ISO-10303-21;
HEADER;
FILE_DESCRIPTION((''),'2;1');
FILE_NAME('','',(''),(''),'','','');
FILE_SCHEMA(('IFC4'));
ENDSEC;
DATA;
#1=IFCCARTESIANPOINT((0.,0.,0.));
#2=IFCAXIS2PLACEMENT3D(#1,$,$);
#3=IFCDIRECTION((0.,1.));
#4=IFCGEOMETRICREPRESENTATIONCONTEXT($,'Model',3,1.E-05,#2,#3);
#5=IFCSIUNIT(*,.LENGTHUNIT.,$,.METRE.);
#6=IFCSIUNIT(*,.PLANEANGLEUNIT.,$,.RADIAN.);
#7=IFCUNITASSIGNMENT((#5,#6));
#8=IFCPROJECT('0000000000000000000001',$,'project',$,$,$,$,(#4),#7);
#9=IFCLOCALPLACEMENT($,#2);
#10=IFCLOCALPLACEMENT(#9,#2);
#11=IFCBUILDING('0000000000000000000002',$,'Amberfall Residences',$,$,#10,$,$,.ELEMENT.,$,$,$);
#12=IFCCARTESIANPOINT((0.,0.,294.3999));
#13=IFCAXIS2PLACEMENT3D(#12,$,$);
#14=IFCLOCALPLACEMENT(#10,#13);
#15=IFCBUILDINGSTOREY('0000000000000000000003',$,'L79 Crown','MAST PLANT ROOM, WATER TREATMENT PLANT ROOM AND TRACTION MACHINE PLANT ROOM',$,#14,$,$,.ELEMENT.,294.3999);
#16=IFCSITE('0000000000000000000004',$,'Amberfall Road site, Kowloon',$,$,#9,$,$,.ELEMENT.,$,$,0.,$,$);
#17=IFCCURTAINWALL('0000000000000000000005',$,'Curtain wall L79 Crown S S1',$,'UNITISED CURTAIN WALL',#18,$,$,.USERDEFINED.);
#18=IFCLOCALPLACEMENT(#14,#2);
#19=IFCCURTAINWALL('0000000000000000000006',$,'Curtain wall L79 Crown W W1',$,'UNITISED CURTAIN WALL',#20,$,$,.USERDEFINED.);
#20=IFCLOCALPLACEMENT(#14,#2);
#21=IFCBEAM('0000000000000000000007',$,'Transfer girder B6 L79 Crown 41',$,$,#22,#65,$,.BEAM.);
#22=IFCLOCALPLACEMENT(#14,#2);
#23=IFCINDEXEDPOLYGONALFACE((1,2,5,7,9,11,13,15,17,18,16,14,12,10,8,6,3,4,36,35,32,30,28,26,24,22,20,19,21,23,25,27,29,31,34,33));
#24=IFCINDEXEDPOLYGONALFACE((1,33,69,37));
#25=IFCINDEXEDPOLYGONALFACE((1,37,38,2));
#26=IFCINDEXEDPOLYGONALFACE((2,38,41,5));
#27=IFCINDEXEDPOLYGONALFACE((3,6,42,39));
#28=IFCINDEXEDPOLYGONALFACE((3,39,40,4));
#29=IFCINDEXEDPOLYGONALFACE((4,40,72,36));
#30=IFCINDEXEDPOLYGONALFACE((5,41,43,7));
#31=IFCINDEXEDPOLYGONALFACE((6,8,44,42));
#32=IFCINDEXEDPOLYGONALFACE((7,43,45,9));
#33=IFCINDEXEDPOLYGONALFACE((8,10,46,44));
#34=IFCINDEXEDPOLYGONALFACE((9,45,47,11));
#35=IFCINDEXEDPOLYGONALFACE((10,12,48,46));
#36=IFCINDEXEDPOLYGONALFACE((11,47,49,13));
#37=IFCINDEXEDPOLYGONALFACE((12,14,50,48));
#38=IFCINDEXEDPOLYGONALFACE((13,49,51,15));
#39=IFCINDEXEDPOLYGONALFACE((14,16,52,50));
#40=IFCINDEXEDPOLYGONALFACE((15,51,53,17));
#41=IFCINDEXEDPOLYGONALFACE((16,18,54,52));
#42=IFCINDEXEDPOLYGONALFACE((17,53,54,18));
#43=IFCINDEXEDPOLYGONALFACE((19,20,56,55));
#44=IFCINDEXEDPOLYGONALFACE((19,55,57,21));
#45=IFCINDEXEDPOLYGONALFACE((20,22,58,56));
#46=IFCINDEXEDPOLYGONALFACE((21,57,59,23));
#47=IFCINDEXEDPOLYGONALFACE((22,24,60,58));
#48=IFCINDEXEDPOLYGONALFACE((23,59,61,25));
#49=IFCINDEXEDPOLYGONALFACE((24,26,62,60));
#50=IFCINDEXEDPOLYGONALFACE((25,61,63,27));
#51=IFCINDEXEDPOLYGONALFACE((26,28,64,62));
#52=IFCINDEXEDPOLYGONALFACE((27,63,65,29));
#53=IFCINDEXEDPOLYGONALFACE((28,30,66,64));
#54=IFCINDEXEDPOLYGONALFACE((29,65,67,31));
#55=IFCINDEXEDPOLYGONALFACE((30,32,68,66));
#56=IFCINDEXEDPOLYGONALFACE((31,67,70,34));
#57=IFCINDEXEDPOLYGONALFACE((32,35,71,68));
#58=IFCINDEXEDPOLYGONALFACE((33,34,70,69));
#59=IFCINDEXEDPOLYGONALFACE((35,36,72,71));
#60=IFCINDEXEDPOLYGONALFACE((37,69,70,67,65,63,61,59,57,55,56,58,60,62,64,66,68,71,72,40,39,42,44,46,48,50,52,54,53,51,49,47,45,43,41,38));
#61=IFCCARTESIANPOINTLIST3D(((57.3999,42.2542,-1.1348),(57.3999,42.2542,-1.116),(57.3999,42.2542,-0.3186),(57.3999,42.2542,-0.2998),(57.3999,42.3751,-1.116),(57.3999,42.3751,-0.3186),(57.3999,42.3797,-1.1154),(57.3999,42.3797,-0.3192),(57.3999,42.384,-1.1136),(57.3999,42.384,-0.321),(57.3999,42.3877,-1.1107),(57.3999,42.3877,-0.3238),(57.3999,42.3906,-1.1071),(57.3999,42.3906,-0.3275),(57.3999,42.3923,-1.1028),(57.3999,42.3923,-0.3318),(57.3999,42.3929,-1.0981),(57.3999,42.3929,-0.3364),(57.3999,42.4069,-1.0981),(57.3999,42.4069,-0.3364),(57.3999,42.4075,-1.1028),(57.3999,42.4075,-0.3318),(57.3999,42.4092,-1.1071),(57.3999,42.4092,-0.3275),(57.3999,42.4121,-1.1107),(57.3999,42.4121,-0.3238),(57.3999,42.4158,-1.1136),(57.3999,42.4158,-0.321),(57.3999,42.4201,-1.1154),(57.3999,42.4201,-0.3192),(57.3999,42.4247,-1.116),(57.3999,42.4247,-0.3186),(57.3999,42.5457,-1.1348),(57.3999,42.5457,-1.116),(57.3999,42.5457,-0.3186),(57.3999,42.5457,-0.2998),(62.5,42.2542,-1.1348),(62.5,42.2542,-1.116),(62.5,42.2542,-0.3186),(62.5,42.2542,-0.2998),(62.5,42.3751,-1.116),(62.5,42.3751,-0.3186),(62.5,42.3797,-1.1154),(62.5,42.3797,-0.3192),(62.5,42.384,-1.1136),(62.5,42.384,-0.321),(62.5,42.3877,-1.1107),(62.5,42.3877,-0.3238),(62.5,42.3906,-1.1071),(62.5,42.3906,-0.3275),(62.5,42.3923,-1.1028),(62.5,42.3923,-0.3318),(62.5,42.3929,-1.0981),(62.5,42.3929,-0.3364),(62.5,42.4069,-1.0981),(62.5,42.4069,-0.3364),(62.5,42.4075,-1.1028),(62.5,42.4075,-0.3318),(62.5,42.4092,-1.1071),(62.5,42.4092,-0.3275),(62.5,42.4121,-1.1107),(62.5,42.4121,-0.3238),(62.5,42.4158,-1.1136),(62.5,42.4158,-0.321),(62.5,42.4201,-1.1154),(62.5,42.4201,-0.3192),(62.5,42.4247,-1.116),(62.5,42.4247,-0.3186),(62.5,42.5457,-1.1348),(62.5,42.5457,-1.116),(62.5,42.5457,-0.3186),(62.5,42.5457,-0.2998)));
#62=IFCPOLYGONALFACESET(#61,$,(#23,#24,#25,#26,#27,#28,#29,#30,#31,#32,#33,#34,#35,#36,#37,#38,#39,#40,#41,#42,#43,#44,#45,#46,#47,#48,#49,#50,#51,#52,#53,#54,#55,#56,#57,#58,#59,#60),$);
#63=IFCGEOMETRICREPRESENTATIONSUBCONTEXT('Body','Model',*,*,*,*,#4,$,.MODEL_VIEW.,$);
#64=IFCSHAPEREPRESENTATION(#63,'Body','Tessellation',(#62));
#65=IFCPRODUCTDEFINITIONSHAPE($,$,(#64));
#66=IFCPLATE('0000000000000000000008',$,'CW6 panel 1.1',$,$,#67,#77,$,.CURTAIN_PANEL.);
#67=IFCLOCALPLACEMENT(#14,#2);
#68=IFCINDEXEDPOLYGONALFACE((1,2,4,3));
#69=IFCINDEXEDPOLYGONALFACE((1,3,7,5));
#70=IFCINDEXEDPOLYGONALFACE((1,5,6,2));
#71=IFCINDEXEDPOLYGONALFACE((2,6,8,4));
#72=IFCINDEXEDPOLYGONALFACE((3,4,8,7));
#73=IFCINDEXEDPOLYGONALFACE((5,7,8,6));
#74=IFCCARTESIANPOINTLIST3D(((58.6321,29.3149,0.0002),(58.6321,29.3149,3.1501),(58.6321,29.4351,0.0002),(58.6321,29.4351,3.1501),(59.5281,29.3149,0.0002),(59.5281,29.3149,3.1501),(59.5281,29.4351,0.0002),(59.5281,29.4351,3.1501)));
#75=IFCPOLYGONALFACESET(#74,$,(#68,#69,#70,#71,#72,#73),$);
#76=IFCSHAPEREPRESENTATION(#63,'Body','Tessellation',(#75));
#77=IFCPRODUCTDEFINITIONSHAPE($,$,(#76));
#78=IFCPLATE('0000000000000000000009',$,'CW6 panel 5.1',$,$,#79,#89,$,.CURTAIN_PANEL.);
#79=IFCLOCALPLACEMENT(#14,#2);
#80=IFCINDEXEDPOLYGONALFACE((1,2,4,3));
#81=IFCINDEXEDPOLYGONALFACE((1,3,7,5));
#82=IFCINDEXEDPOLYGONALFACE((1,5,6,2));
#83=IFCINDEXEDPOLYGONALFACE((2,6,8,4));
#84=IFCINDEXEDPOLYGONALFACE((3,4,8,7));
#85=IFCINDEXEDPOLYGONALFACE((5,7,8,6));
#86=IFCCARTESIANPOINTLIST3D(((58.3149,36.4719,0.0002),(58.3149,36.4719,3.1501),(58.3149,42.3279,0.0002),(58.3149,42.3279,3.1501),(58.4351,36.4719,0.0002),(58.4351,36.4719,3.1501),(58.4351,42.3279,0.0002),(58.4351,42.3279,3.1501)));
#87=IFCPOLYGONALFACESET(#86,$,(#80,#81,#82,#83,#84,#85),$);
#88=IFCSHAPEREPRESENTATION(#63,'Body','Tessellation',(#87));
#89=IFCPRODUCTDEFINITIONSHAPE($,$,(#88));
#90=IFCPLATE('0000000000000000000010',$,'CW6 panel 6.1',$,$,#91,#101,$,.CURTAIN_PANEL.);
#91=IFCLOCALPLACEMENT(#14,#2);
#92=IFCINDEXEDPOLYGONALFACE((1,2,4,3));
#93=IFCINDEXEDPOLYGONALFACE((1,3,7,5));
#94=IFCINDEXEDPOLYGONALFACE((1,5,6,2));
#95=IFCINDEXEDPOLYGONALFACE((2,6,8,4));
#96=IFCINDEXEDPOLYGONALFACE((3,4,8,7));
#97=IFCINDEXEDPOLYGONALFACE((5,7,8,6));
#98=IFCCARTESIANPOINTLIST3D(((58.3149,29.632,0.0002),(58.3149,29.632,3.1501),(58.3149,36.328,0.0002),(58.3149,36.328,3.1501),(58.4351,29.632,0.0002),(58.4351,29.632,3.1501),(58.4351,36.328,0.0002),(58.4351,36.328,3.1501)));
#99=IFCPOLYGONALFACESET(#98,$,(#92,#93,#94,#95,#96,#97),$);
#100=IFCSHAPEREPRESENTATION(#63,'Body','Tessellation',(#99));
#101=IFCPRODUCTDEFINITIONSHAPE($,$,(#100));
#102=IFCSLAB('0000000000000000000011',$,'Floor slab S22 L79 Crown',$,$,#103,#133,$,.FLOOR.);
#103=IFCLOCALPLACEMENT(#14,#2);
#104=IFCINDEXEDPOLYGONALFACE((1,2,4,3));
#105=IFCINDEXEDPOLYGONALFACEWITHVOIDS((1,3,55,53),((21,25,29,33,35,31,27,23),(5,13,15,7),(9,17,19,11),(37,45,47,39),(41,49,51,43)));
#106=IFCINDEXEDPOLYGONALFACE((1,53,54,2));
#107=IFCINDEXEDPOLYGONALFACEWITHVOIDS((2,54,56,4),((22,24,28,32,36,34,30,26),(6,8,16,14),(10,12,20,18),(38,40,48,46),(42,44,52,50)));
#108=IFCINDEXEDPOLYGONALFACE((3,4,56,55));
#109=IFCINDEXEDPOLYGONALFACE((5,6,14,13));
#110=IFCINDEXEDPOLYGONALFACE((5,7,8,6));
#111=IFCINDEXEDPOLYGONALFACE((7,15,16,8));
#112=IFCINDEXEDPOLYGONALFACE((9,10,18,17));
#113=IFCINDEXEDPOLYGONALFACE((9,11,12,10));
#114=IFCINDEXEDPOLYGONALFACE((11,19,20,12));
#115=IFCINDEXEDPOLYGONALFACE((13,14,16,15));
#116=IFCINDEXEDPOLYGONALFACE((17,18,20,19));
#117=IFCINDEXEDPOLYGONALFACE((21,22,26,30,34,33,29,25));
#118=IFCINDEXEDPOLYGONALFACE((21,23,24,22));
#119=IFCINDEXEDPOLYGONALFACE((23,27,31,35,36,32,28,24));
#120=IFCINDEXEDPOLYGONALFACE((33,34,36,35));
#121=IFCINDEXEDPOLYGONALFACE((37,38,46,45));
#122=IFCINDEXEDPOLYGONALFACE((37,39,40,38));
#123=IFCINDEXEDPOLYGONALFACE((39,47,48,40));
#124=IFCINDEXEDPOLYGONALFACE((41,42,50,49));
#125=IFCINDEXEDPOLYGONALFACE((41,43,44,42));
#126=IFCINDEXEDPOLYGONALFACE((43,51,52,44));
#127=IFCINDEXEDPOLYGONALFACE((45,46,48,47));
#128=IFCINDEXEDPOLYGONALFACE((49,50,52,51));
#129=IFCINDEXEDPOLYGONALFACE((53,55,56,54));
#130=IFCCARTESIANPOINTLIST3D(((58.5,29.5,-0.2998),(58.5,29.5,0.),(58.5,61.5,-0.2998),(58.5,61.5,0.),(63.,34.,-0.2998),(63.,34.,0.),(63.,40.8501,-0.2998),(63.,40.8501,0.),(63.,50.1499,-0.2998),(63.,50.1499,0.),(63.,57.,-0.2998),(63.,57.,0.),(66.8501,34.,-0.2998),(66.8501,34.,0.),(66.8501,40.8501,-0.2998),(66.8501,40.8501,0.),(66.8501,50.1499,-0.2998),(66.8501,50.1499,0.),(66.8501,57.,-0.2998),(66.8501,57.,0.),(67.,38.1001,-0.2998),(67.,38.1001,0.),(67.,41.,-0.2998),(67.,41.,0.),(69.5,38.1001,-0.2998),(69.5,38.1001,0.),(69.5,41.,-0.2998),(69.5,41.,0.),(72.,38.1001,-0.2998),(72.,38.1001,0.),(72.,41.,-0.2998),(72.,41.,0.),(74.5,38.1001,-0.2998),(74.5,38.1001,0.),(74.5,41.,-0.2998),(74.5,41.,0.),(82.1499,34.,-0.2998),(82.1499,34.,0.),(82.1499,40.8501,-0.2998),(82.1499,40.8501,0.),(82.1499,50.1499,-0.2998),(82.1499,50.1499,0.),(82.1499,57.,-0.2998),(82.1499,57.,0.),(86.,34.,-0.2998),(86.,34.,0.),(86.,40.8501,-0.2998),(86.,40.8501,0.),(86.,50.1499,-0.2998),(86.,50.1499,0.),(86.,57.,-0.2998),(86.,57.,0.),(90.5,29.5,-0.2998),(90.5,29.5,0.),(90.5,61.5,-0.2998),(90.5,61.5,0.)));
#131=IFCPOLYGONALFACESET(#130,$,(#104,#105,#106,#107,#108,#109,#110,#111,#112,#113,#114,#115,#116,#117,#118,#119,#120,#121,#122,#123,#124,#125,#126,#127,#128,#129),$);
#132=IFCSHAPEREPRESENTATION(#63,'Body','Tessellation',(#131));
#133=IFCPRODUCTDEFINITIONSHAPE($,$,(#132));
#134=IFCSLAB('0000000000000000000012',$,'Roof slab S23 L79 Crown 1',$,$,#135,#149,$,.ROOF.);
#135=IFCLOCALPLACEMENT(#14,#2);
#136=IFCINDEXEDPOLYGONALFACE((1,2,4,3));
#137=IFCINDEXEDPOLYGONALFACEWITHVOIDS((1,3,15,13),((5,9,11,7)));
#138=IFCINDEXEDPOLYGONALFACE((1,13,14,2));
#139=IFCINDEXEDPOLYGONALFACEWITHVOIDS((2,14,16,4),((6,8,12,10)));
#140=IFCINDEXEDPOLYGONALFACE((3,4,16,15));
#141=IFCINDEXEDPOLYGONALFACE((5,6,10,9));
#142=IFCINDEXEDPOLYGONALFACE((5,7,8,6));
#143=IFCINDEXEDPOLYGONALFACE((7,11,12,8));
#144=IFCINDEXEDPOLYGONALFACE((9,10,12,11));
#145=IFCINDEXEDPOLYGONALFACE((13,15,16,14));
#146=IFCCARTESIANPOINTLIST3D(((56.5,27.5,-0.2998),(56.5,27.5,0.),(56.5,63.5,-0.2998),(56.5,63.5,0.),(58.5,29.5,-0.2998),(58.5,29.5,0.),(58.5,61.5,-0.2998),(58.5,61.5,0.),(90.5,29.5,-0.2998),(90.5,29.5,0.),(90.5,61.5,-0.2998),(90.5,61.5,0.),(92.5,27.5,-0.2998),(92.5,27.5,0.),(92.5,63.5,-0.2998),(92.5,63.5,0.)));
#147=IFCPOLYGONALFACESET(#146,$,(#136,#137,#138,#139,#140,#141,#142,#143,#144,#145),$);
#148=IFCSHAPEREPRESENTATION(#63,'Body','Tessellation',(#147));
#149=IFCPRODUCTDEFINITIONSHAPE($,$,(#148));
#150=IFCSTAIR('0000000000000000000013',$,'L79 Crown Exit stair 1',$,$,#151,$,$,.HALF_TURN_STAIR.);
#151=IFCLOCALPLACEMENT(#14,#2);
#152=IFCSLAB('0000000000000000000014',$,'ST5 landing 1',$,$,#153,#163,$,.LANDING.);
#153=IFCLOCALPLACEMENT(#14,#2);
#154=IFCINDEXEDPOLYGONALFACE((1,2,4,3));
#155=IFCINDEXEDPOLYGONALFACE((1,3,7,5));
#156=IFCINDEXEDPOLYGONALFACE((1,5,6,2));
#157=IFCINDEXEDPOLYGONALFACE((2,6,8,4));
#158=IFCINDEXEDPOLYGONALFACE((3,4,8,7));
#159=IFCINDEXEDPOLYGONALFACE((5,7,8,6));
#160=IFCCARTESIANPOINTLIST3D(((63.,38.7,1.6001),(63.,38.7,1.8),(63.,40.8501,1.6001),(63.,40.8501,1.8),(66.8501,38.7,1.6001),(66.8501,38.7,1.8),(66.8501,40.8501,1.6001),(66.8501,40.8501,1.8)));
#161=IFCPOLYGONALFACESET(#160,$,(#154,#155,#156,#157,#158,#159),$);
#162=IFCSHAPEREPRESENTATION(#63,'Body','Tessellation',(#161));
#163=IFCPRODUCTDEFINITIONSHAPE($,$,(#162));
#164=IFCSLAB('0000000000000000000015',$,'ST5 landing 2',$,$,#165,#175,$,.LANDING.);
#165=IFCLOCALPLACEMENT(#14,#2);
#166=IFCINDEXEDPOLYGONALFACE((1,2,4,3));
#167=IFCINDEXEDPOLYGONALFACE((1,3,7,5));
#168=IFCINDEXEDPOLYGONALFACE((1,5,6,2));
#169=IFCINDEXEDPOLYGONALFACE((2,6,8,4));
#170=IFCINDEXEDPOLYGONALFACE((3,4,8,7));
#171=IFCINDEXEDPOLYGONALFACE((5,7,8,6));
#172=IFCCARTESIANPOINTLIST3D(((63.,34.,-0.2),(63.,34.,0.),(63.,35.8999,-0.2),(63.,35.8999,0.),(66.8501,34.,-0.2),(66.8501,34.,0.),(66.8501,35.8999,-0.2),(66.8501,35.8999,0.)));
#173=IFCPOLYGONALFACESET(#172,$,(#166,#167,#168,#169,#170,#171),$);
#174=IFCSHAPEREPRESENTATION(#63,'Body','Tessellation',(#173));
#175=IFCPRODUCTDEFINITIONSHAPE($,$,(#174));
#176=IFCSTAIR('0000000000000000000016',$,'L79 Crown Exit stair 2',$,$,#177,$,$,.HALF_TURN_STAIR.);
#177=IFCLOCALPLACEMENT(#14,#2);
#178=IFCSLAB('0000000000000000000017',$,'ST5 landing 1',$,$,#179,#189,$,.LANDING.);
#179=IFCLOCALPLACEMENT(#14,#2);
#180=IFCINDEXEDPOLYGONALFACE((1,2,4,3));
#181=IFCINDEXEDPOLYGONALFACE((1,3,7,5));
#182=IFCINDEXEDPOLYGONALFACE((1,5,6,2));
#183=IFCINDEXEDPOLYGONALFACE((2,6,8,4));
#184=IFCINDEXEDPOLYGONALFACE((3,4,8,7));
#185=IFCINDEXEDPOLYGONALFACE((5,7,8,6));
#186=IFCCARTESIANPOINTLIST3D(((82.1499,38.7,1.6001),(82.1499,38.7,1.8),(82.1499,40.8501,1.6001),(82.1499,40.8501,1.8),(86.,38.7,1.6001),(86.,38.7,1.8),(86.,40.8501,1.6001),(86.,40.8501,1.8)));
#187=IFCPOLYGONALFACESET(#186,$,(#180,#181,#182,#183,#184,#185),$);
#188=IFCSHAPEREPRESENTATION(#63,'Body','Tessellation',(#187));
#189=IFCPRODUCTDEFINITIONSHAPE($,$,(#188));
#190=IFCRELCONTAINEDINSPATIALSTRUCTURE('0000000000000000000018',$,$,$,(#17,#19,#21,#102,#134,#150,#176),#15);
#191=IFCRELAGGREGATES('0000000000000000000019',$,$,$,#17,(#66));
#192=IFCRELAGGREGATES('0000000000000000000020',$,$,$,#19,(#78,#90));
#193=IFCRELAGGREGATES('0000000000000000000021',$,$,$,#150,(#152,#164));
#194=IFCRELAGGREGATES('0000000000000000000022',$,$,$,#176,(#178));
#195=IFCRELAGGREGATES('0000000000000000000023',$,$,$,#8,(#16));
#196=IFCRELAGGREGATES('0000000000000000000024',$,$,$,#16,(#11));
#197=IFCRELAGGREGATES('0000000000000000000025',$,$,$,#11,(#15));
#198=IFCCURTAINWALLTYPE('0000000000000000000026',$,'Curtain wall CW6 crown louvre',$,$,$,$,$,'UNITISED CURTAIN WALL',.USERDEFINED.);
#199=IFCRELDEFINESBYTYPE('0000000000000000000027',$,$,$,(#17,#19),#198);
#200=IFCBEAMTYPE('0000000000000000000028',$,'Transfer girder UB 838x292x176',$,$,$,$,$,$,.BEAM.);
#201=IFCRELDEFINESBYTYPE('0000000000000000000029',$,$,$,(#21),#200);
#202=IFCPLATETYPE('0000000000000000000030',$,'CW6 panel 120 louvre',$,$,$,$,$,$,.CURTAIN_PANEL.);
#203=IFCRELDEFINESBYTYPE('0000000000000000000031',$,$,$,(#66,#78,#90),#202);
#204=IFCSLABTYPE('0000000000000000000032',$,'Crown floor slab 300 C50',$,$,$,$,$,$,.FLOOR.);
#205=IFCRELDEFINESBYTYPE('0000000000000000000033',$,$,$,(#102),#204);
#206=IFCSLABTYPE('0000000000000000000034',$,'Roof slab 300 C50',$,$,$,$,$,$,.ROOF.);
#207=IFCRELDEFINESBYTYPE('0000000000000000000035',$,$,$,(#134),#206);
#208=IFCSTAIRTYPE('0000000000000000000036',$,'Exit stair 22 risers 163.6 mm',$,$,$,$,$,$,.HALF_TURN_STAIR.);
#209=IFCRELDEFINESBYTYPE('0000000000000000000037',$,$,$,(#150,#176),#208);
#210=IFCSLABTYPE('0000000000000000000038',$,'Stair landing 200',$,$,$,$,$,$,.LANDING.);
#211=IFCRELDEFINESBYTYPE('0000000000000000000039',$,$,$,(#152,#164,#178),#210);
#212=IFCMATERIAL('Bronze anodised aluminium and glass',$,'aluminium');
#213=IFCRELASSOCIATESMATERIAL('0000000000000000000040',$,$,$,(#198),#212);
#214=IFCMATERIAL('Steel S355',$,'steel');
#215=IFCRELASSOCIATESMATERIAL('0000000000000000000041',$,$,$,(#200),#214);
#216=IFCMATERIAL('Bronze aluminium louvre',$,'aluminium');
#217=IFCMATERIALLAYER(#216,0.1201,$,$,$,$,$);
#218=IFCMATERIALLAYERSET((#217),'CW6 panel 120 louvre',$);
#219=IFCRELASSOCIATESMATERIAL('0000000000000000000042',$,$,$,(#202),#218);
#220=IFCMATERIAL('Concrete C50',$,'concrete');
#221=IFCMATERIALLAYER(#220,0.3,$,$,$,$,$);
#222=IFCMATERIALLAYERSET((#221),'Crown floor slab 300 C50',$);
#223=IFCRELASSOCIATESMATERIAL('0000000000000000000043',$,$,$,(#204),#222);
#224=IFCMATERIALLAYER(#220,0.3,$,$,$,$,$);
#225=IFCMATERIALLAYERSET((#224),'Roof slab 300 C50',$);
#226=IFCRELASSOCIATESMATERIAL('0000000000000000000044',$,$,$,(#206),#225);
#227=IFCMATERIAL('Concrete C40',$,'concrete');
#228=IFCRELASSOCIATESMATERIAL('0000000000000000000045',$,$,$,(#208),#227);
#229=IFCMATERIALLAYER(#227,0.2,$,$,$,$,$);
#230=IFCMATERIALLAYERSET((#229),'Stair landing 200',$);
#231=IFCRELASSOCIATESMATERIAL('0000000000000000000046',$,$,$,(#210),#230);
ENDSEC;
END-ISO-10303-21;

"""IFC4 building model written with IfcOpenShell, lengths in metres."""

from ifc_helpers import new_model, si_unit, direction, frame, origin, origin_2d, place, context, subcontext, project, spatial, polyline, rectangle, i_section, outline, extrude, material, layer, layer_set, material_profile, profile_set, type_object, element, aggregate, save


model = new_model("IFC4")

# Units and contexts
model_context = context("Model", 3, precision=1e-05, world=origin(), true_north=direction((0.0, 1.0)))
body_context = subcontext(model_context, "Body", "Model", "MODEL_VIEW")
ifc_project = project(units=[si_unit("LENGTHUNIT", "METRE"), si_unit("PLANEANGLEUNIT", "RADIAN")], contexts=[model_context])

# Site, building, storey
site_placement = place(None, origin())
site = spatial("IfcSite", under=ifc_project, at=site_placement, Name="Amberfall Road site, Kowloon", CompositionType="ELEMENT", RefElevation=0.0)
building_placement = place(site_placement, origin())
building = spatial("IfcBuilding", under=site, at=building_placement, Name="Amberfall Residences", CompositionType="ELEMENT")
storey_placement = place(building_placement, frame((0.0, 0.0, 294.3999)))
storey = spatial("IfcBuildingStorey", under=building, at=storey_placement, Name="L79 Crown", Description="MAST PLANT ROOM, WATER TREATMENT PLANT ROOM AND TRACTION MACHINE PLANT ROOM", CompositionType="ELEMENT", Elevation=294.3999)

# Shared definitions
ifc_material_1 = material(Name="Concrete C50", Category="concrete")

# Curtain walls
ifc_material_2 = material(Name="Bronze anodised aluminium and glass", Category="aluminium")
curtain_wall_type = type_object("IfcCurtainWallType", Name="Curtain wall CW6 crown louvre", ElementType="UNITISED CURTAIN WALL", PredefinedType="USERDEFINED", material=ifc_material_2)
curtain_wall_1_placement = place(storey_placement, origin())
curtain_wall_1 = element("IfcCurtainWall", 1, at=curtain_wall_1_placement, inside=storey, type_object=curtain_wall_type, Name="Curtain wall L79 Crown S S1", ObjectType="UNITISED CURTAIN WALL", PredefinedType="USERDEFINED")
curtain_wall_2_placement = place(storey_placement, origin())
curtain_wall_2 = element("IfcCurtainWall", 2, at=curtain_wall_2_placement, inside=storey, type_object=curtain_wall_type, Name="Curtain wall L79 Crown W W1", ObjectType="UNITISED CURTAIN WALL", PredefinedType="USERDEFINED")

# Beam
ifc_material_3 = material(Name="Steel S355", Category="steel")
ifc_material_profile_1 = material_profile(ifc_material_3, i_section(OverallWidth=0.2915, OverallDepth=0.835, WebThickness=0.0139, FlangeThickness=0.0188, FilletRadius=0.0178, at=origin_2d()), Name="UB 838x292x176")
ifc_profile_set_1 = profile_set([ifc_material_profile_1], Name="Steel S355")
beam_type_1 = type_object("IfcBeamType", Name="Transfer girder UB 838x292x176", PredefinedType="BEAM", material=ifc_profile_set_1)
for number, where, z_axis, x_axis, name in (
    (3, (57.3999, 42.3999, -0.7173), (1.0, 0.0, 0.0), (0.0, 1.0, 0.0), "Transfer girder B6 L79 Crown 41"),
):
    element("IfcBeam", number, at=place(storey_placement, frame(where, z_axis=z_axis, x_axis=x_axis)), inside=storey, type_object=beam_type_1, Name=name, PredefinedType="BEAM", context=body_context, shape_type="SweptSolid", body=[
        extrude(i_section(OverallWidth=0.2915, OverallDepth=0.835, WebThickness=0.0139, FlangeThickness=0.0188, FilletRadius=0.0178, at=origin_2d()), origin(), (0.0, 0.0, 1.0), 5.1001),
    ])

# Plates
ifc_material_4 = material(Name="Bronze aluminium louvre", Category="aluminium")
ifc_layer_1 = layer(ifc_material_4, 0.1201)
ifc_layer_set_1 = layer_set([ifc_layer_1], Name="CW6 panel 120 louvre")
plate_type = type_object("IfcPlateType", Name="CW6 panel 120 louvre", PredefinedType="CURTAIN_PANEL", material=ifc_layer_set_1)
plate_1_placement = place(storey_placement, frame((59.0801, 29.375, 0.0002), z_axis=(0.0, 0.0, 1.0), x_axis=(1.0, 0.0, 0.0)))
plate_1 = element("IfcPlate", 4, at=plate_1_placement, type_object=plate_type, Name="CW6 panel 1.1", PredefinedType="CURTAIN_PANEL", context=body_context, shape_type="SweptSolid", body=[
    extrude(rectangle(XDim=0.896, YDim=0.1201, at=origin_2d()), origin(), (0.0, 0.0, 1.0), 3.1499),
])
aggregate(curtain_wall_1, [plate_1])
plate_2_placement = place(storey_placement, frame((58.375, 39.3999, 0.0002), z_axis=(0.0, 0.0, 1.0), x_axis=(0.0, -1.0, 0.0)))
plate_2 = element("IfcPlate", 5, at=plate_2_placement, type_object=plate_type, Name="CW6 panel 5.1", PredefinedType="CURTAIN_PANEL", context=body_context, shape_type="SweptSolid", body=[
    extrude(rectangle(XDim=5.856, YDim=0.1201, at=origin_2d()), origin(), (0.0, 0.0, 1.0), 3.1499),
])
plate_3_placement = place(storey_placement, frame((58.375, 32.98, 0.0002), z_axis=(0.0, 0.0, 1.0), x_axis=(0.0, -1.0, 0.0)))
plate_3 = element("IfcPlate", 6, at=plate_3_placement, type_object=plate_type, Name="CW6 panel 6.1", PredefinedType="CURTAIN_PANEL", context=body_context, shape_type="SweptSolid", body=[
    extrude(rectangle(XDim=6.696, YDim=0.1201, at=origin_2d()), origin(), (0.0, 0.0, 1.0), 3.1499),
])
aggregate(curtain_wall_2, [plate_2, plate_3])

# Slabs
ifc_layer_2 = layer(ifc_material_1, 0.3)
ifc_layer_set_2 = layer_set([ifc_layer_2], Name="Crown floor slab 300 C50")
slab_type_1 = type_object("IfcSlabType", Name="Crown floor slab 300 C50", PredefinedType="FLOOR", material=ifc_layer_set_2)
slab_1_placement = place(storey_placement, frame((0.0, 0.0, -0.2998)))
element("IfcSlab", 7, at=slab_1_placement, inside=storey, type_object=slab_type_1, Name="Floor slab S22 L79 Crown", PredefinedType="FLOOR", context=body_context, shape_type="SweptSolid", body=[
    extrude(outline(polyline([(58.5, 61.5), (90.5, 61.5), (90.5, 29.5), (58.5, 29.5), (58.5, 61.5)]), holes=[polyline([(86.0, 40.8501), (82.1499, 40.8501), (82.1499, 34.0), (86.0, 34.0), (86.0, 40.8501)]), polyline([(86.0, 57.0), (82.1499, 57.0), (82.1499, 50.1499), (86.0, 50.1499), (86.0, 57.0)]), polyline([(69.5, 38.1001), (72.0, 38.1001), (74.5, 38.1001), (74.5, 41.0), (72.0, 41.0), (69.5, 41.0), (67.0, 41.0), (67.0, 38.1001), (69.5, 38.1001)]), polyline([(63.0, 40.8501), (63.0, 34.0), (66.8501, 34.0), (66.8501, 40.8501), (63.0, 40.8501)]), polyline([(66.8501, 57.0), (63.0, 57.0), (63.0, 50.1499), (66.8501, 50.1499), (66.8501, 57.0)])]), origin(), (0.0, 0.0, 1.0), 0.2998),
])
ifc_layer_3 = layer(ifc_material_1, 0.3)
ifc_layer_set_3 = layer_set([ifc_layer_3], Name="Roof slab 300 C50")
slab_type_2 = type_object("IfcSlabType", Name="Roof slab 300 C50", PredefinedType="ROOF", material=ifc_layer_set_3)
slab_2_placement = place(storey_placement, frame((0.0, 0.0, -0.2998)))
element("IfcSlab", 8, at=slab_2_placement, inside=storey, type_object=slab_type_2, Name="Roof slab S23 L79 Crown 1", PredefinedType="ROOF", context=body_context, shape_type="SweptSolid", body=[
    extrude(outline(polyline([(56.5, 27.5), (56.5, 63.5), (92.5, 63.5), (92.5, 27.5), (56.5, 27.5)]), holes=[polyline([(90.5, 61.5), (58.5, 61.5), (58.5, 29.5), (90.5, 29.5), (90.5, 61.5)])]), origin(), (0.0, 0.0, 1.0), 0.2998),
])

# Stairs, slabs
ifc_material_5 = material(Name="Concrete C40", Category="concrete")
stair_type = type_object("IfcStairType", Name="Exit stair 22 risers 163.6 mm", PredefinedType="HALF_TURN_STAIR", material=ifc_material_5)
stair_1_placement = place(storey_placement, origin())
stair_1 = element("IfcStair", 9, at=stair_1_placement, inside=storey, type_object=stair_type, Name="L79 Crown Exit stair 1", PredefinedType="HALF_TURN_STAIR")
ifc_layer_4 = layer(ifc_material_5, 0.2)
ifc_layer_set_4 = layer_set([ifc_layer_4], Name="Stair landing 200")
slab_type_3 = type_object("IfcSlabType", Name="Stair landing 200", PredefinedType="LANDING", material=ifc_layer_set_4)
slab_3_placement = place(storey_placement, frame((0.0, 0.0, 1.6001)))
slab_3 = element("IfcSlab", 10, at=slab_3_placement, type_object=slab_type_3, Name="ST5 landing 1", PredefinedType="LANDING", context=body_context, shape_type="SweptSolid", body=[
    extrude(outline(polyline([(66.8501, 38.7), (66.8501, 40.8501), (63.0, 40.8501), (63.0, 38.7), (66.8501, 38.7)])), origin(), (0.0, 0.0, 1.0), 0.2),
])
slab_4_placement = place(storey_placement, frame((0.0, 0.0, -0.2)))
slab_4 = element("IfcSlab", 11, at=slab_4_placement, type_object=slab_type_3, Name="ST5 landing 2", PredefinedType="LANDING", context=body_context, shape_type="SweptSolid", body=[
    extrude(outline(polyline([(66.8501, 34.0), (66.8501, 35.8999), (63.0, 35.8999), (63.0, 34.0), (66.8501, 34.0)])), origin(), (0.0, 0.0, 1.0), 0.2),
])
aggregate(stair_1, [slab_3, slab_4])
stair_2_placement = place(storey_placement, origin())
stair_2 = element("IfcStair", 12, at=stair_2_placement, inside=storey, type_object=stair_type, Name="L79 Crown Exit stair 2", PredefinedType="HALF_TURN_STAIR")
slab_5_placement = place(storey_placement, frame((0.0, 0.0, 1.6001)))
slab_5 = element("IfcSlab", 13, at=slab_5_placement, type_object=slab_type_3, Name="ST5 landing 1", PredefinedType="LANDING", context=body_context, shape_type="SweptSolid", body=[
    extrude(outline(polyline([(86.0, 38.7), (86.0, 40.8501), (82.1499, 40.8501), (82.1499, 38.7), (86.0, 38.7)])), origin(), (0.0, 0.0, 1.0), 0.2),
])
aggregate(stair_2, [slab_5])

save(model, "model.ifc")
